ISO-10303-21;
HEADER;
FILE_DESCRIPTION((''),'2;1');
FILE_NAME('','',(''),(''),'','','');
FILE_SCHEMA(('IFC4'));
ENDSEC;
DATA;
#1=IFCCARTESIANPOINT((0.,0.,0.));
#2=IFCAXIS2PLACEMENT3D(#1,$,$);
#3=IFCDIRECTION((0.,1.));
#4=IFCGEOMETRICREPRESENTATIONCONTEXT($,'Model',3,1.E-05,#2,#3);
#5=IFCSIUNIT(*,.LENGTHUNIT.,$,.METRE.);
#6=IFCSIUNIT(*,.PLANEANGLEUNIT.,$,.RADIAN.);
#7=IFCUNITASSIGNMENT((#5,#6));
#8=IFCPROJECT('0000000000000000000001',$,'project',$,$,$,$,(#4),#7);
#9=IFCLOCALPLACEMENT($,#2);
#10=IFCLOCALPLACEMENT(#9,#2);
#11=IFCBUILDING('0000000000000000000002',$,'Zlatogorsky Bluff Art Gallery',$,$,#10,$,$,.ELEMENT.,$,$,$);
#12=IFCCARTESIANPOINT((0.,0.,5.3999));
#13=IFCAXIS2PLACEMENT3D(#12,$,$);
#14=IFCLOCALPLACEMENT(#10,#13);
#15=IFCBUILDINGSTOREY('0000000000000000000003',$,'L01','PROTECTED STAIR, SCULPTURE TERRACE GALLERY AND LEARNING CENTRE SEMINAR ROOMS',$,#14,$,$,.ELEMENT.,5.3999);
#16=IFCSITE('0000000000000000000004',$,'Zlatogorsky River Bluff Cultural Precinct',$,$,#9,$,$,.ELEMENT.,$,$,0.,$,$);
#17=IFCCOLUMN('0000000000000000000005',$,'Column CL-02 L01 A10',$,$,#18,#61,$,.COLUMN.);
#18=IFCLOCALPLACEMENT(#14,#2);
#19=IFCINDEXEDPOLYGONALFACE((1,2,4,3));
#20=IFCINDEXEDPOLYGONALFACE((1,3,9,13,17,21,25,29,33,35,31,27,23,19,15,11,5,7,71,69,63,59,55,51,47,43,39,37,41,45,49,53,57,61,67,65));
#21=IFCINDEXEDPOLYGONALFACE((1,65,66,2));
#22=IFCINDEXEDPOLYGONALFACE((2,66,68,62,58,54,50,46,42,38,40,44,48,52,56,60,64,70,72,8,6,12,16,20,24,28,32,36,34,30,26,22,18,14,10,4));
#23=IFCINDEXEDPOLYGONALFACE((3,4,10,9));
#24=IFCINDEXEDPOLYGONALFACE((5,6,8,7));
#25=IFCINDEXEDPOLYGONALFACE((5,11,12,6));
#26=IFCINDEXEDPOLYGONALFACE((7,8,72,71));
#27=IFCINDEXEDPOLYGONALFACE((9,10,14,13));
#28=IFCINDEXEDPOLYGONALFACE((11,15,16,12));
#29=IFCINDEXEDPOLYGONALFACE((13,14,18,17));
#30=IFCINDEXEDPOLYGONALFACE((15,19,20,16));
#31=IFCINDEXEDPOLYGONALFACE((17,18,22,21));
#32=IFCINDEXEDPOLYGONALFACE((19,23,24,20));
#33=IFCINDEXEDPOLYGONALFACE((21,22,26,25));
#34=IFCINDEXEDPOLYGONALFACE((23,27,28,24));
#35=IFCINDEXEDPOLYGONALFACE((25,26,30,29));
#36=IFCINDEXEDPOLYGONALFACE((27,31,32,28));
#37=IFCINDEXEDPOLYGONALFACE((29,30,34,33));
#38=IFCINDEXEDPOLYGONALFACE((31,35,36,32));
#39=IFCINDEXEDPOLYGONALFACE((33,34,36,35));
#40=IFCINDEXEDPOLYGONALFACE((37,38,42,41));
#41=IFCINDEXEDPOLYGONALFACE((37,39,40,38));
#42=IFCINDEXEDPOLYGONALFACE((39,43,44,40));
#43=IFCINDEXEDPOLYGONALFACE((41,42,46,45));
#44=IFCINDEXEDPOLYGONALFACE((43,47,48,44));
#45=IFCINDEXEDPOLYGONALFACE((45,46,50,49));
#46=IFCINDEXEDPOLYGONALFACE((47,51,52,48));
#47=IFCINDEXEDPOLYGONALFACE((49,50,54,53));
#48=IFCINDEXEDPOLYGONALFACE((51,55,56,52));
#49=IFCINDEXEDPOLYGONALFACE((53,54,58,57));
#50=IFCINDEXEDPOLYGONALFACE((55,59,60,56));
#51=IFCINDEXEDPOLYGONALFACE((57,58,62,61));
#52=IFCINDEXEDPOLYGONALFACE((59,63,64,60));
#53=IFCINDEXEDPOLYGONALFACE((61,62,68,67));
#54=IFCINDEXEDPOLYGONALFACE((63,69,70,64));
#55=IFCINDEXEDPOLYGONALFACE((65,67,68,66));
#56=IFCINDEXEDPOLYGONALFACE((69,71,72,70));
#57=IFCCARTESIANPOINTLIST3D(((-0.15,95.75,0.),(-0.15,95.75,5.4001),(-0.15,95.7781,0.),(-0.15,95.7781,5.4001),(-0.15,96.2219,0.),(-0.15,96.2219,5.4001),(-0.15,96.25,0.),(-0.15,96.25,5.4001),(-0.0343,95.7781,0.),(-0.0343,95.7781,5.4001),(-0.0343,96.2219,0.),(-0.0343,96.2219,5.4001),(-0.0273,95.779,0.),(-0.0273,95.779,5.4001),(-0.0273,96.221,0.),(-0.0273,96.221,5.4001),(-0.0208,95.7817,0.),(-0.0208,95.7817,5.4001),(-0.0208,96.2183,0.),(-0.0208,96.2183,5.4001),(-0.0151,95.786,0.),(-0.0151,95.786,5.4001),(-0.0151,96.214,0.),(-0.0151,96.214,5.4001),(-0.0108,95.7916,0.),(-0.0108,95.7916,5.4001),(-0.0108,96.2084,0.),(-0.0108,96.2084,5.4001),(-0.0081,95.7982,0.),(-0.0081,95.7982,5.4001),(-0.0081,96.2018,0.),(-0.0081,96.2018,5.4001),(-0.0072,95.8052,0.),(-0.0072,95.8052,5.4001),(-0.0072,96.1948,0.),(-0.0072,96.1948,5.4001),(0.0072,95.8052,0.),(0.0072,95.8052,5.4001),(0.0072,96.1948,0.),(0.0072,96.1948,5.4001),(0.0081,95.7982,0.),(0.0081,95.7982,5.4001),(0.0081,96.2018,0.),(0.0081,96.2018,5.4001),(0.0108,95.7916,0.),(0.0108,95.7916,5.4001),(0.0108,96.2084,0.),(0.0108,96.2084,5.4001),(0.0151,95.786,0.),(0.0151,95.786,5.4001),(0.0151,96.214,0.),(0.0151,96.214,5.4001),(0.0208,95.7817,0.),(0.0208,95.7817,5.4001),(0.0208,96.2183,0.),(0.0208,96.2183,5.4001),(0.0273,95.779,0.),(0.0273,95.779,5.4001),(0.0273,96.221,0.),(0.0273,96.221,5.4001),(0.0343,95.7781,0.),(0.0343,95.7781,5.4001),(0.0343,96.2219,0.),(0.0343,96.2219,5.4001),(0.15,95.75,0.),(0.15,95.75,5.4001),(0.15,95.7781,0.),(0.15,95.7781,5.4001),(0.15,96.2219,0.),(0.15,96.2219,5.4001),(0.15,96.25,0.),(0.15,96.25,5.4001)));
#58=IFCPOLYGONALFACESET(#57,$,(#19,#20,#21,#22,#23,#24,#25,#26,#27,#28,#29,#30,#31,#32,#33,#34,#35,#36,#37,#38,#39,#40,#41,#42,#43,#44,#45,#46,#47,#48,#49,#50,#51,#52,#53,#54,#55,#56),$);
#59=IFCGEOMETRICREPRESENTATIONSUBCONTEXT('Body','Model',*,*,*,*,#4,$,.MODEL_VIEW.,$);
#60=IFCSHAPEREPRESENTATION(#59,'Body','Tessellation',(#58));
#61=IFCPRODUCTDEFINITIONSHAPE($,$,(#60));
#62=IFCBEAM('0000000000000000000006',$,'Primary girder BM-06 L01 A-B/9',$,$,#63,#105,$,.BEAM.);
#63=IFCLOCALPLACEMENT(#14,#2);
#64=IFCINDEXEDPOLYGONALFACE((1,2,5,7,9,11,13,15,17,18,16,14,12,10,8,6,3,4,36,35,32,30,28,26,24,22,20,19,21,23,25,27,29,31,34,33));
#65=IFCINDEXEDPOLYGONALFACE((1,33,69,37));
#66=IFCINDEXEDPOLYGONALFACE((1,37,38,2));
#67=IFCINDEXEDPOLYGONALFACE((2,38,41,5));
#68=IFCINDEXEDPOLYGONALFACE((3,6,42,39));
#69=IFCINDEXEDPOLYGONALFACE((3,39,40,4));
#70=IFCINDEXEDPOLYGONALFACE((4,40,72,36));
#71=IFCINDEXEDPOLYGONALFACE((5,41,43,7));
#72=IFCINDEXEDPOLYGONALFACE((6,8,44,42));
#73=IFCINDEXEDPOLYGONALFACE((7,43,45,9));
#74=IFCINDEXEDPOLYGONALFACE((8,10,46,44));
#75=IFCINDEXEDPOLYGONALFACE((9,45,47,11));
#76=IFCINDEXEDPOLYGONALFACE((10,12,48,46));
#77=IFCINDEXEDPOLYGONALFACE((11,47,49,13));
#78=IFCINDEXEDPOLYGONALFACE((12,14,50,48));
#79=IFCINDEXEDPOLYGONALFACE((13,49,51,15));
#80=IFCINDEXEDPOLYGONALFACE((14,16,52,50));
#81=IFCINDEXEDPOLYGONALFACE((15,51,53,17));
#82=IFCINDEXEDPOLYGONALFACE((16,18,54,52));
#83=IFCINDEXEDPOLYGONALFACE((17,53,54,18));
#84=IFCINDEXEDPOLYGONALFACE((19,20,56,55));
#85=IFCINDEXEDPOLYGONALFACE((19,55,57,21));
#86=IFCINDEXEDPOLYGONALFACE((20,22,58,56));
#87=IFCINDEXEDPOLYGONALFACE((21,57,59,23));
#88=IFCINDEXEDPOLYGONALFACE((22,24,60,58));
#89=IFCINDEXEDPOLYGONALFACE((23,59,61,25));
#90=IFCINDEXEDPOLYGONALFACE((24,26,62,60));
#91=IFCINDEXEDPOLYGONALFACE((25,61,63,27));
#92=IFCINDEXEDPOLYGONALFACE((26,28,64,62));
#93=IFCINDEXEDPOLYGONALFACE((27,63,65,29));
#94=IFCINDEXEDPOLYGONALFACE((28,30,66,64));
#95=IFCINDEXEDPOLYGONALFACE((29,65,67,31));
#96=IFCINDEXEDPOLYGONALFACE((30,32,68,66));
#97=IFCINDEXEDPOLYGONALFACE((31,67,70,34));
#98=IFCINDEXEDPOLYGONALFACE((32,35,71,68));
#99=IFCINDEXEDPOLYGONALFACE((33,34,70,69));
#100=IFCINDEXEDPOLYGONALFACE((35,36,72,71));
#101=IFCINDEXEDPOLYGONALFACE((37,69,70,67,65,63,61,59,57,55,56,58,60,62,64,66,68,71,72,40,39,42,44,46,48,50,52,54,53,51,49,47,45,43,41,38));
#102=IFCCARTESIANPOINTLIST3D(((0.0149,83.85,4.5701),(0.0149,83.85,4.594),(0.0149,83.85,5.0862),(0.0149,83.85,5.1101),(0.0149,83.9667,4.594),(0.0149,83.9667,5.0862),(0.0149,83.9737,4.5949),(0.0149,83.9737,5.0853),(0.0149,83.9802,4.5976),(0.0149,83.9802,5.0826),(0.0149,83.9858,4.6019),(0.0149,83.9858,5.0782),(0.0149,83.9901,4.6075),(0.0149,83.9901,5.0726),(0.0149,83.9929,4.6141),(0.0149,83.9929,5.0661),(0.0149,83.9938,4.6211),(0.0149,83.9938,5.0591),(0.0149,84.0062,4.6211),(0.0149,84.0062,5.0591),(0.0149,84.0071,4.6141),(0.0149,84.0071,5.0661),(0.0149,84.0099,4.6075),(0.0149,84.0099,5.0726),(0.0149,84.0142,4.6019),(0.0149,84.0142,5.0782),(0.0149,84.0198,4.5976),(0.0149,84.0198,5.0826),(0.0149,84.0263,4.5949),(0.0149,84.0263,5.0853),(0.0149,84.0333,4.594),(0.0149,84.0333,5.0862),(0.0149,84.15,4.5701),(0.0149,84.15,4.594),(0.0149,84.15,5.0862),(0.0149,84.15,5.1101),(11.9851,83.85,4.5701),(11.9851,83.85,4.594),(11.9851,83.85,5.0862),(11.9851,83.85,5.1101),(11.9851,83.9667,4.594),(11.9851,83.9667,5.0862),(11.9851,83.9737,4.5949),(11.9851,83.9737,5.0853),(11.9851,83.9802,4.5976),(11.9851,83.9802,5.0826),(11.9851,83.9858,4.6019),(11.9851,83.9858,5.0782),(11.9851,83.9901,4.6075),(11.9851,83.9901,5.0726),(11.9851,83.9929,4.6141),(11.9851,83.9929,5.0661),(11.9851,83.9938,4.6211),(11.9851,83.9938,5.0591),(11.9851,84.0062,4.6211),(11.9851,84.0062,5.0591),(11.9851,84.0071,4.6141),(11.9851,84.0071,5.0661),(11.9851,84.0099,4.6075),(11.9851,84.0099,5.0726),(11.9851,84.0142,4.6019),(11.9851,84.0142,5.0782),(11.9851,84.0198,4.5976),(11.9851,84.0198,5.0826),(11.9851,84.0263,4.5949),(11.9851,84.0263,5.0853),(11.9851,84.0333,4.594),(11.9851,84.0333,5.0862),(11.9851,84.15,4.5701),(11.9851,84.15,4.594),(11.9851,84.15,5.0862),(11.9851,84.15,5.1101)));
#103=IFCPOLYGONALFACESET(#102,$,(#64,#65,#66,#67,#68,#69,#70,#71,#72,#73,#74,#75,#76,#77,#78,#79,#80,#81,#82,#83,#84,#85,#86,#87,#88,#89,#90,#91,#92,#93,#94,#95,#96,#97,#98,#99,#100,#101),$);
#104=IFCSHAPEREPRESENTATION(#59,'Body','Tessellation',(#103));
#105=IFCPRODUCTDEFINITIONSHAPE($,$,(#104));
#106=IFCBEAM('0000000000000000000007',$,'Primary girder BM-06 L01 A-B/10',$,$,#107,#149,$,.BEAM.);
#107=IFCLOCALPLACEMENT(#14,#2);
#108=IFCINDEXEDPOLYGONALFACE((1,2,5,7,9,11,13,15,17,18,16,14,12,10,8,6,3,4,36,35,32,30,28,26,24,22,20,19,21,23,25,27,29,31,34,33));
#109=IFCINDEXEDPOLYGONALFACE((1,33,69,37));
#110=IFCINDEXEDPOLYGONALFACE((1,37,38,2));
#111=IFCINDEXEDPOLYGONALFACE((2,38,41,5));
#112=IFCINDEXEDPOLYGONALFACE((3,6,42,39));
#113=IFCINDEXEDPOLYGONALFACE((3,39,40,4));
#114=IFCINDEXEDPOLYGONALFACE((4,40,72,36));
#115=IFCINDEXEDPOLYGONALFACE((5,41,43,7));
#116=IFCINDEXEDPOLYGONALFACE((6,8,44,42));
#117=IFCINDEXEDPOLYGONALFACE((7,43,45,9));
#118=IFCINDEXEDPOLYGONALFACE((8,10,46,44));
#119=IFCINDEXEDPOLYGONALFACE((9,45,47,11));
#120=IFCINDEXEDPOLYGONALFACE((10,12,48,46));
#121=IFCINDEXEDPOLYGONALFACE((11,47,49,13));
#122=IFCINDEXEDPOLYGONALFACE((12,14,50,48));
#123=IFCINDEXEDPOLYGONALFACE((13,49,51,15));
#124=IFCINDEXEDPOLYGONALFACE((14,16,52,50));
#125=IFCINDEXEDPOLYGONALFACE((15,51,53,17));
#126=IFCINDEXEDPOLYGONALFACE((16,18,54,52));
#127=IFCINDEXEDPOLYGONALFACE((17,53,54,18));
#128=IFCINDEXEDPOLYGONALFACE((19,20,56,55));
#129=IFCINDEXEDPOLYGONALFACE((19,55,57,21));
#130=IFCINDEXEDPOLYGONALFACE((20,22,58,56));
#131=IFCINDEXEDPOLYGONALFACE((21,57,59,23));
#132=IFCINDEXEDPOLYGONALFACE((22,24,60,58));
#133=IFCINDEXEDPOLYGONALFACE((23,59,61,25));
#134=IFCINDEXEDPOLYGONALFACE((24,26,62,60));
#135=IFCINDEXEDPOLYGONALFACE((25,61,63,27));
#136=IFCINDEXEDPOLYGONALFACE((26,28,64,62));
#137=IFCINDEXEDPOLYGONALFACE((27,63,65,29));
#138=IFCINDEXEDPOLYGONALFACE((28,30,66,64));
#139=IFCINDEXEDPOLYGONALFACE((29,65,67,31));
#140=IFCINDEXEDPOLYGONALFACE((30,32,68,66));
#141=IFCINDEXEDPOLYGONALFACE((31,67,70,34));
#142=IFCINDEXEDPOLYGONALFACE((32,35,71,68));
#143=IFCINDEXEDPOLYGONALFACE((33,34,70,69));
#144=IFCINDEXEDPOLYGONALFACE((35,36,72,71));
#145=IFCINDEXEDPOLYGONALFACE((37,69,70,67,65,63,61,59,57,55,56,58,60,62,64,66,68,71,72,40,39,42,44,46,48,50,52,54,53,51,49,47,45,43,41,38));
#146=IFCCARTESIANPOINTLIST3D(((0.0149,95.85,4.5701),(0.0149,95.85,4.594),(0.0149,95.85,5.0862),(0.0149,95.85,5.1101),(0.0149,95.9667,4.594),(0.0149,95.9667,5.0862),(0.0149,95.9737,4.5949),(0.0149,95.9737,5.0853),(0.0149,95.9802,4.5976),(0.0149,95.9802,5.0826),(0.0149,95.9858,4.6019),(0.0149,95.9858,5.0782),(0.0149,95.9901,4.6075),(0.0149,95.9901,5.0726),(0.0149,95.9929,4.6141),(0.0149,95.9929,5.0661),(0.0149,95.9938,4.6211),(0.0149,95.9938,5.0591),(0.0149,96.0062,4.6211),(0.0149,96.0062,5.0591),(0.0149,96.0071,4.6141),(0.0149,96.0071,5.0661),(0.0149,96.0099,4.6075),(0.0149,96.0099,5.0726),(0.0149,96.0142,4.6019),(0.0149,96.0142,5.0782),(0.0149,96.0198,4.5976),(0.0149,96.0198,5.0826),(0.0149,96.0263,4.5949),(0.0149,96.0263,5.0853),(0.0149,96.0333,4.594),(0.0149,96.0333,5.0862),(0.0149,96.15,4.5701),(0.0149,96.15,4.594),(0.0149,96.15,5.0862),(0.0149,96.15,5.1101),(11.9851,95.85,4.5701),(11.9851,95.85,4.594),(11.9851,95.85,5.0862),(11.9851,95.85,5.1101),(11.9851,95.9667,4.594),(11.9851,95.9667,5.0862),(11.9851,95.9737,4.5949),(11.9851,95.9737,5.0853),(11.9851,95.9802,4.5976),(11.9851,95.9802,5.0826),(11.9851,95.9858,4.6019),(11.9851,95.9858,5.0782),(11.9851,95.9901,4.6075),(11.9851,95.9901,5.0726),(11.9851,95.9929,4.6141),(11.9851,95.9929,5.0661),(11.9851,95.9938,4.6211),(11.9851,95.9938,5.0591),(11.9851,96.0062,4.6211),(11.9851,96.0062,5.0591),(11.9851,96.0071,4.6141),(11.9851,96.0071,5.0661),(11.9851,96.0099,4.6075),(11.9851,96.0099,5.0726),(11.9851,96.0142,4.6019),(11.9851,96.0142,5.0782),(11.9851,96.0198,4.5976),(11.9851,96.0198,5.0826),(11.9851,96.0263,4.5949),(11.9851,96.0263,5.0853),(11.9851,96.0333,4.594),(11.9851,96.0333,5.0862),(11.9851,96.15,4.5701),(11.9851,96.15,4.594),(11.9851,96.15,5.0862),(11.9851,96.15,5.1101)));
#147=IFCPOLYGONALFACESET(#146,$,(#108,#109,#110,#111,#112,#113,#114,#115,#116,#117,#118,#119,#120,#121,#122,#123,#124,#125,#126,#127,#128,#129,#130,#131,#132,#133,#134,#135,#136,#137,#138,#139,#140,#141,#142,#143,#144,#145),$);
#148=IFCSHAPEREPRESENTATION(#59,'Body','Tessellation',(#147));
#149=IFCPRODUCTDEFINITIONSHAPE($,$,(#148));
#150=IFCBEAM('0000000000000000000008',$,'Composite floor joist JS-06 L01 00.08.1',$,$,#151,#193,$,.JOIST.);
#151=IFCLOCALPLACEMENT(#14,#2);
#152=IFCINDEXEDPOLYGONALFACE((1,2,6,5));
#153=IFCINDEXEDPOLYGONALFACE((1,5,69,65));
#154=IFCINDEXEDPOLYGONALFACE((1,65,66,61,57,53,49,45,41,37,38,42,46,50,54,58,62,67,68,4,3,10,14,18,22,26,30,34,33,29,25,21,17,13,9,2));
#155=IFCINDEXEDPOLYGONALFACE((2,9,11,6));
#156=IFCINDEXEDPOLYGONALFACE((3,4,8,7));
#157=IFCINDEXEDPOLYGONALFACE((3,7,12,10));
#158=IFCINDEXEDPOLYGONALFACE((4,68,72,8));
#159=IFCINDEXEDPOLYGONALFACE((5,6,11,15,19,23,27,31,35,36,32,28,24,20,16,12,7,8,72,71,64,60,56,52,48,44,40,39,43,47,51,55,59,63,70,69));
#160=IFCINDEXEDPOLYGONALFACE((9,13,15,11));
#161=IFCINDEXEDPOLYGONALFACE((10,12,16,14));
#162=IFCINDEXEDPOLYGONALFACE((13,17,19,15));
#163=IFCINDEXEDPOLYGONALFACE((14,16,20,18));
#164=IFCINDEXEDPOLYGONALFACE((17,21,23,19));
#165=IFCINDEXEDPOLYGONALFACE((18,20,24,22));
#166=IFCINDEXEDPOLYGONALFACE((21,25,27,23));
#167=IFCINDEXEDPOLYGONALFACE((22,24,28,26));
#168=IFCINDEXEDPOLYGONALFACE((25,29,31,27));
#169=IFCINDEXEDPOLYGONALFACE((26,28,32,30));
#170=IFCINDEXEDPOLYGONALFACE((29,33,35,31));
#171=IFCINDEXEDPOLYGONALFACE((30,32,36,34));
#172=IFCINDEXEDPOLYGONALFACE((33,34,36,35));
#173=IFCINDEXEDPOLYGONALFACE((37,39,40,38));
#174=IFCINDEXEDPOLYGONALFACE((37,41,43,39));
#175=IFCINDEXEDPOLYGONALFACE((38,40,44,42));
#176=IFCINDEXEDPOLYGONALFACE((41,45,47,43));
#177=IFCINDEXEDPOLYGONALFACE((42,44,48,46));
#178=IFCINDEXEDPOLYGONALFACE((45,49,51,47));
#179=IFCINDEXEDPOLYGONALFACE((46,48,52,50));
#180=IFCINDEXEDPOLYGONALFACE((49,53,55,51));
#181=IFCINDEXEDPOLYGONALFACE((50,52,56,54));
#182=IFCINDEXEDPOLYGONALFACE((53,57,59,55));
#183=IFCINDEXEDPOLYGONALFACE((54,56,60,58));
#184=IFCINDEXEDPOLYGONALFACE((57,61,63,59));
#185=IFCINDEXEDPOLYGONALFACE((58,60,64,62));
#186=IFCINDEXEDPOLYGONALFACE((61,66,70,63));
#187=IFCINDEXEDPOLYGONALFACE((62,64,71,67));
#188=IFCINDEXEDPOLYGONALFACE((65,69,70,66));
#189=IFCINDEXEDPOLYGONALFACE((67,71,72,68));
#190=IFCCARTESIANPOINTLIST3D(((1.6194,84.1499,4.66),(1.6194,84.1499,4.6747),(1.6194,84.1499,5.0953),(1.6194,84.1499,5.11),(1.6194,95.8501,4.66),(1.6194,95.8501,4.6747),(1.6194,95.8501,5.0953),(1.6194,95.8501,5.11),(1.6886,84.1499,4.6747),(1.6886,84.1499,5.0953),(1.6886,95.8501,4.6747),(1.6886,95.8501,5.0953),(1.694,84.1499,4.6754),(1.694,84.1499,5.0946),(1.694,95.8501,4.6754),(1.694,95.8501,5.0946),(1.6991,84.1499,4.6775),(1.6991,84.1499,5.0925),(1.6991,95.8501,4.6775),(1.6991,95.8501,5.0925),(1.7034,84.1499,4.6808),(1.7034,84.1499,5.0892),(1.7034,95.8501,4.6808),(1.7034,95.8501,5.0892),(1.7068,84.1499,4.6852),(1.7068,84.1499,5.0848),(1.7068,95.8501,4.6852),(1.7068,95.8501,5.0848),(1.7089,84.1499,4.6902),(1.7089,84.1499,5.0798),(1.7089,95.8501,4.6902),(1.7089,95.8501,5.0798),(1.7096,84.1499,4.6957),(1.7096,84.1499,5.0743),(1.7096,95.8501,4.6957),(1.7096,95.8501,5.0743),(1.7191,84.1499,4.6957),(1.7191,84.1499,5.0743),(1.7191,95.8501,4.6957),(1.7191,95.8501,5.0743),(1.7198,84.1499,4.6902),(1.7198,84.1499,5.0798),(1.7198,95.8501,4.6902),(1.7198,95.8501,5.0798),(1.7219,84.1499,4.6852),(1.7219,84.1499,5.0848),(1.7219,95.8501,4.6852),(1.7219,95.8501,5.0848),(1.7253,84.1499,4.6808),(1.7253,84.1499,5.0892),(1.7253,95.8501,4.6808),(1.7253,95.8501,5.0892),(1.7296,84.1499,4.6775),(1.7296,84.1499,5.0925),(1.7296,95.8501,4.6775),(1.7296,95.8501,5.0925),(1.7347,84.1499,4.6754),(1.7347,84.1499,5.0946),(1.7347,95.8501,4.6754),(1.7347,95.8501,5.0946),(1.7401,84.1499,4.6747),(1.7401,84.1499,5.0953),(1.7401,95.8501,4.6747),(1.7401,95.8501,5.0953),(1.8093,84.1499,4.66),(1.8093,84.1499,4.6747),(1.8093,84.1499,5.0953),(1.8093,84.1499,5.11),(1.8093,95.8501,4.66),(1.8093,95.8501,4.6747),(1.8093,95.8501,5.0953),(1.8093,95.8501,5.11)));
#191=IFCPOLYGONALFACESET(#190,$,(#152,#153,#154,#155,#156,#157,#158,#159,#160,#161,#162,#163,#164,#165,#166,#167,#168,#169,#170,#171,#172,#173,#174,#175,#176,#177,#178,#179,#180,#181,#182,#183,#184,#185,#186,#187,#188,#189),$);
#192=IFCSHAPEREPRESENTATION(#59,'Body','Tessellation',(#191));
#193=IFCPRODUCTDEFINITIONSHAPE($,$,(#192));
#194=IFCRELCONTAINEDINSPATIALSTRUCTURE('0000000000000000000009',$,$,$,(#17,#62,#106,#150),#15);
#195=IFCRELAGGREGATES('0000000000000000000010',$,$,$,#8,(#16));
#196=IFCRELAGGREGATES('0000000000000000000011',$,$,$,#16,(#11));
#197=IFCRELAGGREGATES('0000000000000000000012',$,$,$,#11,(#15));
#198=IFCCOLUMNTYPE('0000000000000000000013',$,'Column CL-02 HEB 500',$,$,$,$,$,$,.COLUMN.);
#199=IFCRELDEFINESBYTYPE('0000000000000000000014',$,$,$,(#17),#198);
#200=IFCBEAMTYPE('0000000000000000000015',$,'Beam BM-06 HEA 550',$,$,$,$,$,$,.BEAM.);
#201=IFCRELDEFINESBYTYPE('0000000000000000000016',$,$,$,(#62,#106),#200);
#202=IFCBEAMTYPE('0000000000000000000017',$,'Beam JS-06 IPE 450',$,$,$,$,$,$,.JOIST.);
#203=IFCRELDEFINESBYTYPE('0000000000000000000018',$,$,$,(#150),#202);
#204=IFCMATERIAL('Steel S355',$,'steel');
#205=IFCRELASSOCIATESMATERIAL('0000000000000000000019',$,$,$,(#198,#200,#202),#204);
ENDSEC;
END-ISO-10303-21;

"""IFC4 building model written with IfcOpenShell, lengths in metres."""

from ifc_helpers import new_model, si_unit, direction, frame, origin, origin_2d, place, context, subcontext, project, spatial, i_section, extrude, material, material_profile, profile_set, type_object, element, save


model = new_model("IFC4")

# Units and contexts
model_context = context("Model", 3, precision=1e-05, world=origin(), true_north=direction((0.0, 1.0)))
body_context = subcontext(model_context, "Body", "Model", "MODEL_VIEW")
ifc_project = project(units=[si_unit("LENGTHUNIT", "METRE"), si_unit("PLANEANGLEUNIT", "RADIAN")], contexts=[model_context])

# Site, building, storey
site_placement = place(None, origin())
site = spatial("IfcSite", under=ifc_project, at=site_placement, Name="Zlatogorsky River Bluff Cultural Precinct", CompositionType="ELEMENT", RefElevation=0.0)
building_placement = place(site_placement, origin())
building = spatial("IfcBuilding", under=site, at=building_placement, Name="Zlatogorsky Bluff Art Gallery", CompositionType="ELEMENT")
storey_placement = place(building_placement, frame((0.0, 0.0, 5.3999)))
storey = spatial("IfcBuildingStorey", under=building, at=storey_placement, Name="L01", Description="PROTECTED STAIR, SCULPTURE TERRACE GALLERY AND LEARNING CENTRE SEMINAR ROOMS", CompositionType="ELEMENT", Elevation=5.3999)

# Column
ifc_material_1 = material(Name="Steel S355", Category="steel")
ifc_material_profile_1 = material_profile(ifc_material_1, i_section(OverallWidth=0.3, OverallDepth=0.5, WebThickness=0.0144, FlangeThickness=0.0281, FilletRadius=0.0271, at=origin_2d()), Name="HEB 500")
ifc_profile_set_1 = profile_set([ifc_material_profile_1], Name="Steel S355")
column_type = type_object("IfcColumnType", Name="Column CL-02 HEB 500", PredefinedType="COLUMN", material=ifc_profile_set_1)
column_placement = place(storey_placement, frame((0.0, 96.0, 0.0), z_axis=(0.0, 0.0, 1.0), x_axis=(1.0, 0.0, 0.0)))
element("IfcColumn", 1, at=column_placement, inside=storey, type_object=column_type, Name="Column CL-02 L01 A10", PredefinedType="COLUMN", context=body_context, shape_type="SweptSolid", body=[
    extrude(i_section(OverallWidth=0.3, OverallDepth=0.5, WebThickness=0.0144, FlangeThickness=0.0281, FilletRadius=0.0271, at=origin_2d()), origin(), (0.0, 0.0, 1.0), 5.4001),
])

# Beams
ifc_material_profile_2 = material_profile(ifc_material_1, i_section(OverallWidth=0.3, OverallDepth=0.54, WebThickness=0.0125, FlangeThickness=0.0239, FilletRadius=0.0271, at=origin_2d()), Name="HEA 550")
ifc_profile_set_2 = profile_set([ifc_material_profile_2], Name="Steel S355")
beam_type_1 = type_object("IfcBeamType", Name="Beam BM-06 HEA 550", PredefinedType="BEAM", material=ifc_profile_set_2)
for number, where, z_axis, x_axis, name in (
    (2, (0.0149, 84.0, 4.8401), (1.0, 0.0, 0.0), (0.0, 1.0, 0.0), "Primary girder BM-06 L01 A-B/9"),
    (3, (0.0149, 96.0, 4.8401), (1.0, 0.0, 0.0), (0.0, 1.0, 0.0), "Primary girder BM-06 L01 A-B/10"),
):
    element("IfcBeam", number, at=place(storey_placement, frame(where, z_axis=z_axis, x_axis=x_axis)), inside=storey, type_object=beam_type_1, Name=name, PredefinedType="BEAM", context=body_context, shape_type="SweptSolid", body=[
        extrude(i_section(OverallWidth=0.3, OverallDepth=0.54, WebThickness=0.0125, FlangeThickness=0.0239, FilletRadius=0.0271, at=origin_2d()), origin(), (0.0, 0.0, 1.0), 11.9702),
    ])
ifc_material_profile_3 = material_profile(ifc_material_1, i_section(OverallWidth=0.1899, OverallDepth=0.45, WebThickness=0.0095, FlangeThickness=0.0146, FilletRadius=0.021, at=origin_2d()), Name="IPE 450")
ifc_profile_set_3 = profile_set([ifc_material_profile_3], Name="Steel S355")
beam_type_2 = type_object("IfcBeamType", Name="Beam JS-06 IPE 450", PredefinedType="JOIST", material=ifc_profile_set_3)
for number, where, z_axis, x_axis, name in (
    (4, (1.7144, 84.1499, 4.885), (0.0, 1.0, 0.0), (-1.0, 0.0, 0.0), "Composite floor joist JS-06 L01 00.08.1"),
):
    element("IfcBeam", number, at=place(storey_placement, frame(where, z_axis=z_axis, x_axis=x_axis)), inside=storey, type_object=beam_type_2, Name=name, PredefinedType="JOIST", context=body_context, shape_type="SweptSolid", body=[
        extrude(i_section(OverallWidth=0.1899, OverallDepth=0.45, WebThickness=0.0095, FlangeThickness=0.0146, FilletRadius=0.021, at=origin_2d()), origin(), (0.0, 0.0, 1.0), 11.7002),
    ])

save(model, "model.ifc")
